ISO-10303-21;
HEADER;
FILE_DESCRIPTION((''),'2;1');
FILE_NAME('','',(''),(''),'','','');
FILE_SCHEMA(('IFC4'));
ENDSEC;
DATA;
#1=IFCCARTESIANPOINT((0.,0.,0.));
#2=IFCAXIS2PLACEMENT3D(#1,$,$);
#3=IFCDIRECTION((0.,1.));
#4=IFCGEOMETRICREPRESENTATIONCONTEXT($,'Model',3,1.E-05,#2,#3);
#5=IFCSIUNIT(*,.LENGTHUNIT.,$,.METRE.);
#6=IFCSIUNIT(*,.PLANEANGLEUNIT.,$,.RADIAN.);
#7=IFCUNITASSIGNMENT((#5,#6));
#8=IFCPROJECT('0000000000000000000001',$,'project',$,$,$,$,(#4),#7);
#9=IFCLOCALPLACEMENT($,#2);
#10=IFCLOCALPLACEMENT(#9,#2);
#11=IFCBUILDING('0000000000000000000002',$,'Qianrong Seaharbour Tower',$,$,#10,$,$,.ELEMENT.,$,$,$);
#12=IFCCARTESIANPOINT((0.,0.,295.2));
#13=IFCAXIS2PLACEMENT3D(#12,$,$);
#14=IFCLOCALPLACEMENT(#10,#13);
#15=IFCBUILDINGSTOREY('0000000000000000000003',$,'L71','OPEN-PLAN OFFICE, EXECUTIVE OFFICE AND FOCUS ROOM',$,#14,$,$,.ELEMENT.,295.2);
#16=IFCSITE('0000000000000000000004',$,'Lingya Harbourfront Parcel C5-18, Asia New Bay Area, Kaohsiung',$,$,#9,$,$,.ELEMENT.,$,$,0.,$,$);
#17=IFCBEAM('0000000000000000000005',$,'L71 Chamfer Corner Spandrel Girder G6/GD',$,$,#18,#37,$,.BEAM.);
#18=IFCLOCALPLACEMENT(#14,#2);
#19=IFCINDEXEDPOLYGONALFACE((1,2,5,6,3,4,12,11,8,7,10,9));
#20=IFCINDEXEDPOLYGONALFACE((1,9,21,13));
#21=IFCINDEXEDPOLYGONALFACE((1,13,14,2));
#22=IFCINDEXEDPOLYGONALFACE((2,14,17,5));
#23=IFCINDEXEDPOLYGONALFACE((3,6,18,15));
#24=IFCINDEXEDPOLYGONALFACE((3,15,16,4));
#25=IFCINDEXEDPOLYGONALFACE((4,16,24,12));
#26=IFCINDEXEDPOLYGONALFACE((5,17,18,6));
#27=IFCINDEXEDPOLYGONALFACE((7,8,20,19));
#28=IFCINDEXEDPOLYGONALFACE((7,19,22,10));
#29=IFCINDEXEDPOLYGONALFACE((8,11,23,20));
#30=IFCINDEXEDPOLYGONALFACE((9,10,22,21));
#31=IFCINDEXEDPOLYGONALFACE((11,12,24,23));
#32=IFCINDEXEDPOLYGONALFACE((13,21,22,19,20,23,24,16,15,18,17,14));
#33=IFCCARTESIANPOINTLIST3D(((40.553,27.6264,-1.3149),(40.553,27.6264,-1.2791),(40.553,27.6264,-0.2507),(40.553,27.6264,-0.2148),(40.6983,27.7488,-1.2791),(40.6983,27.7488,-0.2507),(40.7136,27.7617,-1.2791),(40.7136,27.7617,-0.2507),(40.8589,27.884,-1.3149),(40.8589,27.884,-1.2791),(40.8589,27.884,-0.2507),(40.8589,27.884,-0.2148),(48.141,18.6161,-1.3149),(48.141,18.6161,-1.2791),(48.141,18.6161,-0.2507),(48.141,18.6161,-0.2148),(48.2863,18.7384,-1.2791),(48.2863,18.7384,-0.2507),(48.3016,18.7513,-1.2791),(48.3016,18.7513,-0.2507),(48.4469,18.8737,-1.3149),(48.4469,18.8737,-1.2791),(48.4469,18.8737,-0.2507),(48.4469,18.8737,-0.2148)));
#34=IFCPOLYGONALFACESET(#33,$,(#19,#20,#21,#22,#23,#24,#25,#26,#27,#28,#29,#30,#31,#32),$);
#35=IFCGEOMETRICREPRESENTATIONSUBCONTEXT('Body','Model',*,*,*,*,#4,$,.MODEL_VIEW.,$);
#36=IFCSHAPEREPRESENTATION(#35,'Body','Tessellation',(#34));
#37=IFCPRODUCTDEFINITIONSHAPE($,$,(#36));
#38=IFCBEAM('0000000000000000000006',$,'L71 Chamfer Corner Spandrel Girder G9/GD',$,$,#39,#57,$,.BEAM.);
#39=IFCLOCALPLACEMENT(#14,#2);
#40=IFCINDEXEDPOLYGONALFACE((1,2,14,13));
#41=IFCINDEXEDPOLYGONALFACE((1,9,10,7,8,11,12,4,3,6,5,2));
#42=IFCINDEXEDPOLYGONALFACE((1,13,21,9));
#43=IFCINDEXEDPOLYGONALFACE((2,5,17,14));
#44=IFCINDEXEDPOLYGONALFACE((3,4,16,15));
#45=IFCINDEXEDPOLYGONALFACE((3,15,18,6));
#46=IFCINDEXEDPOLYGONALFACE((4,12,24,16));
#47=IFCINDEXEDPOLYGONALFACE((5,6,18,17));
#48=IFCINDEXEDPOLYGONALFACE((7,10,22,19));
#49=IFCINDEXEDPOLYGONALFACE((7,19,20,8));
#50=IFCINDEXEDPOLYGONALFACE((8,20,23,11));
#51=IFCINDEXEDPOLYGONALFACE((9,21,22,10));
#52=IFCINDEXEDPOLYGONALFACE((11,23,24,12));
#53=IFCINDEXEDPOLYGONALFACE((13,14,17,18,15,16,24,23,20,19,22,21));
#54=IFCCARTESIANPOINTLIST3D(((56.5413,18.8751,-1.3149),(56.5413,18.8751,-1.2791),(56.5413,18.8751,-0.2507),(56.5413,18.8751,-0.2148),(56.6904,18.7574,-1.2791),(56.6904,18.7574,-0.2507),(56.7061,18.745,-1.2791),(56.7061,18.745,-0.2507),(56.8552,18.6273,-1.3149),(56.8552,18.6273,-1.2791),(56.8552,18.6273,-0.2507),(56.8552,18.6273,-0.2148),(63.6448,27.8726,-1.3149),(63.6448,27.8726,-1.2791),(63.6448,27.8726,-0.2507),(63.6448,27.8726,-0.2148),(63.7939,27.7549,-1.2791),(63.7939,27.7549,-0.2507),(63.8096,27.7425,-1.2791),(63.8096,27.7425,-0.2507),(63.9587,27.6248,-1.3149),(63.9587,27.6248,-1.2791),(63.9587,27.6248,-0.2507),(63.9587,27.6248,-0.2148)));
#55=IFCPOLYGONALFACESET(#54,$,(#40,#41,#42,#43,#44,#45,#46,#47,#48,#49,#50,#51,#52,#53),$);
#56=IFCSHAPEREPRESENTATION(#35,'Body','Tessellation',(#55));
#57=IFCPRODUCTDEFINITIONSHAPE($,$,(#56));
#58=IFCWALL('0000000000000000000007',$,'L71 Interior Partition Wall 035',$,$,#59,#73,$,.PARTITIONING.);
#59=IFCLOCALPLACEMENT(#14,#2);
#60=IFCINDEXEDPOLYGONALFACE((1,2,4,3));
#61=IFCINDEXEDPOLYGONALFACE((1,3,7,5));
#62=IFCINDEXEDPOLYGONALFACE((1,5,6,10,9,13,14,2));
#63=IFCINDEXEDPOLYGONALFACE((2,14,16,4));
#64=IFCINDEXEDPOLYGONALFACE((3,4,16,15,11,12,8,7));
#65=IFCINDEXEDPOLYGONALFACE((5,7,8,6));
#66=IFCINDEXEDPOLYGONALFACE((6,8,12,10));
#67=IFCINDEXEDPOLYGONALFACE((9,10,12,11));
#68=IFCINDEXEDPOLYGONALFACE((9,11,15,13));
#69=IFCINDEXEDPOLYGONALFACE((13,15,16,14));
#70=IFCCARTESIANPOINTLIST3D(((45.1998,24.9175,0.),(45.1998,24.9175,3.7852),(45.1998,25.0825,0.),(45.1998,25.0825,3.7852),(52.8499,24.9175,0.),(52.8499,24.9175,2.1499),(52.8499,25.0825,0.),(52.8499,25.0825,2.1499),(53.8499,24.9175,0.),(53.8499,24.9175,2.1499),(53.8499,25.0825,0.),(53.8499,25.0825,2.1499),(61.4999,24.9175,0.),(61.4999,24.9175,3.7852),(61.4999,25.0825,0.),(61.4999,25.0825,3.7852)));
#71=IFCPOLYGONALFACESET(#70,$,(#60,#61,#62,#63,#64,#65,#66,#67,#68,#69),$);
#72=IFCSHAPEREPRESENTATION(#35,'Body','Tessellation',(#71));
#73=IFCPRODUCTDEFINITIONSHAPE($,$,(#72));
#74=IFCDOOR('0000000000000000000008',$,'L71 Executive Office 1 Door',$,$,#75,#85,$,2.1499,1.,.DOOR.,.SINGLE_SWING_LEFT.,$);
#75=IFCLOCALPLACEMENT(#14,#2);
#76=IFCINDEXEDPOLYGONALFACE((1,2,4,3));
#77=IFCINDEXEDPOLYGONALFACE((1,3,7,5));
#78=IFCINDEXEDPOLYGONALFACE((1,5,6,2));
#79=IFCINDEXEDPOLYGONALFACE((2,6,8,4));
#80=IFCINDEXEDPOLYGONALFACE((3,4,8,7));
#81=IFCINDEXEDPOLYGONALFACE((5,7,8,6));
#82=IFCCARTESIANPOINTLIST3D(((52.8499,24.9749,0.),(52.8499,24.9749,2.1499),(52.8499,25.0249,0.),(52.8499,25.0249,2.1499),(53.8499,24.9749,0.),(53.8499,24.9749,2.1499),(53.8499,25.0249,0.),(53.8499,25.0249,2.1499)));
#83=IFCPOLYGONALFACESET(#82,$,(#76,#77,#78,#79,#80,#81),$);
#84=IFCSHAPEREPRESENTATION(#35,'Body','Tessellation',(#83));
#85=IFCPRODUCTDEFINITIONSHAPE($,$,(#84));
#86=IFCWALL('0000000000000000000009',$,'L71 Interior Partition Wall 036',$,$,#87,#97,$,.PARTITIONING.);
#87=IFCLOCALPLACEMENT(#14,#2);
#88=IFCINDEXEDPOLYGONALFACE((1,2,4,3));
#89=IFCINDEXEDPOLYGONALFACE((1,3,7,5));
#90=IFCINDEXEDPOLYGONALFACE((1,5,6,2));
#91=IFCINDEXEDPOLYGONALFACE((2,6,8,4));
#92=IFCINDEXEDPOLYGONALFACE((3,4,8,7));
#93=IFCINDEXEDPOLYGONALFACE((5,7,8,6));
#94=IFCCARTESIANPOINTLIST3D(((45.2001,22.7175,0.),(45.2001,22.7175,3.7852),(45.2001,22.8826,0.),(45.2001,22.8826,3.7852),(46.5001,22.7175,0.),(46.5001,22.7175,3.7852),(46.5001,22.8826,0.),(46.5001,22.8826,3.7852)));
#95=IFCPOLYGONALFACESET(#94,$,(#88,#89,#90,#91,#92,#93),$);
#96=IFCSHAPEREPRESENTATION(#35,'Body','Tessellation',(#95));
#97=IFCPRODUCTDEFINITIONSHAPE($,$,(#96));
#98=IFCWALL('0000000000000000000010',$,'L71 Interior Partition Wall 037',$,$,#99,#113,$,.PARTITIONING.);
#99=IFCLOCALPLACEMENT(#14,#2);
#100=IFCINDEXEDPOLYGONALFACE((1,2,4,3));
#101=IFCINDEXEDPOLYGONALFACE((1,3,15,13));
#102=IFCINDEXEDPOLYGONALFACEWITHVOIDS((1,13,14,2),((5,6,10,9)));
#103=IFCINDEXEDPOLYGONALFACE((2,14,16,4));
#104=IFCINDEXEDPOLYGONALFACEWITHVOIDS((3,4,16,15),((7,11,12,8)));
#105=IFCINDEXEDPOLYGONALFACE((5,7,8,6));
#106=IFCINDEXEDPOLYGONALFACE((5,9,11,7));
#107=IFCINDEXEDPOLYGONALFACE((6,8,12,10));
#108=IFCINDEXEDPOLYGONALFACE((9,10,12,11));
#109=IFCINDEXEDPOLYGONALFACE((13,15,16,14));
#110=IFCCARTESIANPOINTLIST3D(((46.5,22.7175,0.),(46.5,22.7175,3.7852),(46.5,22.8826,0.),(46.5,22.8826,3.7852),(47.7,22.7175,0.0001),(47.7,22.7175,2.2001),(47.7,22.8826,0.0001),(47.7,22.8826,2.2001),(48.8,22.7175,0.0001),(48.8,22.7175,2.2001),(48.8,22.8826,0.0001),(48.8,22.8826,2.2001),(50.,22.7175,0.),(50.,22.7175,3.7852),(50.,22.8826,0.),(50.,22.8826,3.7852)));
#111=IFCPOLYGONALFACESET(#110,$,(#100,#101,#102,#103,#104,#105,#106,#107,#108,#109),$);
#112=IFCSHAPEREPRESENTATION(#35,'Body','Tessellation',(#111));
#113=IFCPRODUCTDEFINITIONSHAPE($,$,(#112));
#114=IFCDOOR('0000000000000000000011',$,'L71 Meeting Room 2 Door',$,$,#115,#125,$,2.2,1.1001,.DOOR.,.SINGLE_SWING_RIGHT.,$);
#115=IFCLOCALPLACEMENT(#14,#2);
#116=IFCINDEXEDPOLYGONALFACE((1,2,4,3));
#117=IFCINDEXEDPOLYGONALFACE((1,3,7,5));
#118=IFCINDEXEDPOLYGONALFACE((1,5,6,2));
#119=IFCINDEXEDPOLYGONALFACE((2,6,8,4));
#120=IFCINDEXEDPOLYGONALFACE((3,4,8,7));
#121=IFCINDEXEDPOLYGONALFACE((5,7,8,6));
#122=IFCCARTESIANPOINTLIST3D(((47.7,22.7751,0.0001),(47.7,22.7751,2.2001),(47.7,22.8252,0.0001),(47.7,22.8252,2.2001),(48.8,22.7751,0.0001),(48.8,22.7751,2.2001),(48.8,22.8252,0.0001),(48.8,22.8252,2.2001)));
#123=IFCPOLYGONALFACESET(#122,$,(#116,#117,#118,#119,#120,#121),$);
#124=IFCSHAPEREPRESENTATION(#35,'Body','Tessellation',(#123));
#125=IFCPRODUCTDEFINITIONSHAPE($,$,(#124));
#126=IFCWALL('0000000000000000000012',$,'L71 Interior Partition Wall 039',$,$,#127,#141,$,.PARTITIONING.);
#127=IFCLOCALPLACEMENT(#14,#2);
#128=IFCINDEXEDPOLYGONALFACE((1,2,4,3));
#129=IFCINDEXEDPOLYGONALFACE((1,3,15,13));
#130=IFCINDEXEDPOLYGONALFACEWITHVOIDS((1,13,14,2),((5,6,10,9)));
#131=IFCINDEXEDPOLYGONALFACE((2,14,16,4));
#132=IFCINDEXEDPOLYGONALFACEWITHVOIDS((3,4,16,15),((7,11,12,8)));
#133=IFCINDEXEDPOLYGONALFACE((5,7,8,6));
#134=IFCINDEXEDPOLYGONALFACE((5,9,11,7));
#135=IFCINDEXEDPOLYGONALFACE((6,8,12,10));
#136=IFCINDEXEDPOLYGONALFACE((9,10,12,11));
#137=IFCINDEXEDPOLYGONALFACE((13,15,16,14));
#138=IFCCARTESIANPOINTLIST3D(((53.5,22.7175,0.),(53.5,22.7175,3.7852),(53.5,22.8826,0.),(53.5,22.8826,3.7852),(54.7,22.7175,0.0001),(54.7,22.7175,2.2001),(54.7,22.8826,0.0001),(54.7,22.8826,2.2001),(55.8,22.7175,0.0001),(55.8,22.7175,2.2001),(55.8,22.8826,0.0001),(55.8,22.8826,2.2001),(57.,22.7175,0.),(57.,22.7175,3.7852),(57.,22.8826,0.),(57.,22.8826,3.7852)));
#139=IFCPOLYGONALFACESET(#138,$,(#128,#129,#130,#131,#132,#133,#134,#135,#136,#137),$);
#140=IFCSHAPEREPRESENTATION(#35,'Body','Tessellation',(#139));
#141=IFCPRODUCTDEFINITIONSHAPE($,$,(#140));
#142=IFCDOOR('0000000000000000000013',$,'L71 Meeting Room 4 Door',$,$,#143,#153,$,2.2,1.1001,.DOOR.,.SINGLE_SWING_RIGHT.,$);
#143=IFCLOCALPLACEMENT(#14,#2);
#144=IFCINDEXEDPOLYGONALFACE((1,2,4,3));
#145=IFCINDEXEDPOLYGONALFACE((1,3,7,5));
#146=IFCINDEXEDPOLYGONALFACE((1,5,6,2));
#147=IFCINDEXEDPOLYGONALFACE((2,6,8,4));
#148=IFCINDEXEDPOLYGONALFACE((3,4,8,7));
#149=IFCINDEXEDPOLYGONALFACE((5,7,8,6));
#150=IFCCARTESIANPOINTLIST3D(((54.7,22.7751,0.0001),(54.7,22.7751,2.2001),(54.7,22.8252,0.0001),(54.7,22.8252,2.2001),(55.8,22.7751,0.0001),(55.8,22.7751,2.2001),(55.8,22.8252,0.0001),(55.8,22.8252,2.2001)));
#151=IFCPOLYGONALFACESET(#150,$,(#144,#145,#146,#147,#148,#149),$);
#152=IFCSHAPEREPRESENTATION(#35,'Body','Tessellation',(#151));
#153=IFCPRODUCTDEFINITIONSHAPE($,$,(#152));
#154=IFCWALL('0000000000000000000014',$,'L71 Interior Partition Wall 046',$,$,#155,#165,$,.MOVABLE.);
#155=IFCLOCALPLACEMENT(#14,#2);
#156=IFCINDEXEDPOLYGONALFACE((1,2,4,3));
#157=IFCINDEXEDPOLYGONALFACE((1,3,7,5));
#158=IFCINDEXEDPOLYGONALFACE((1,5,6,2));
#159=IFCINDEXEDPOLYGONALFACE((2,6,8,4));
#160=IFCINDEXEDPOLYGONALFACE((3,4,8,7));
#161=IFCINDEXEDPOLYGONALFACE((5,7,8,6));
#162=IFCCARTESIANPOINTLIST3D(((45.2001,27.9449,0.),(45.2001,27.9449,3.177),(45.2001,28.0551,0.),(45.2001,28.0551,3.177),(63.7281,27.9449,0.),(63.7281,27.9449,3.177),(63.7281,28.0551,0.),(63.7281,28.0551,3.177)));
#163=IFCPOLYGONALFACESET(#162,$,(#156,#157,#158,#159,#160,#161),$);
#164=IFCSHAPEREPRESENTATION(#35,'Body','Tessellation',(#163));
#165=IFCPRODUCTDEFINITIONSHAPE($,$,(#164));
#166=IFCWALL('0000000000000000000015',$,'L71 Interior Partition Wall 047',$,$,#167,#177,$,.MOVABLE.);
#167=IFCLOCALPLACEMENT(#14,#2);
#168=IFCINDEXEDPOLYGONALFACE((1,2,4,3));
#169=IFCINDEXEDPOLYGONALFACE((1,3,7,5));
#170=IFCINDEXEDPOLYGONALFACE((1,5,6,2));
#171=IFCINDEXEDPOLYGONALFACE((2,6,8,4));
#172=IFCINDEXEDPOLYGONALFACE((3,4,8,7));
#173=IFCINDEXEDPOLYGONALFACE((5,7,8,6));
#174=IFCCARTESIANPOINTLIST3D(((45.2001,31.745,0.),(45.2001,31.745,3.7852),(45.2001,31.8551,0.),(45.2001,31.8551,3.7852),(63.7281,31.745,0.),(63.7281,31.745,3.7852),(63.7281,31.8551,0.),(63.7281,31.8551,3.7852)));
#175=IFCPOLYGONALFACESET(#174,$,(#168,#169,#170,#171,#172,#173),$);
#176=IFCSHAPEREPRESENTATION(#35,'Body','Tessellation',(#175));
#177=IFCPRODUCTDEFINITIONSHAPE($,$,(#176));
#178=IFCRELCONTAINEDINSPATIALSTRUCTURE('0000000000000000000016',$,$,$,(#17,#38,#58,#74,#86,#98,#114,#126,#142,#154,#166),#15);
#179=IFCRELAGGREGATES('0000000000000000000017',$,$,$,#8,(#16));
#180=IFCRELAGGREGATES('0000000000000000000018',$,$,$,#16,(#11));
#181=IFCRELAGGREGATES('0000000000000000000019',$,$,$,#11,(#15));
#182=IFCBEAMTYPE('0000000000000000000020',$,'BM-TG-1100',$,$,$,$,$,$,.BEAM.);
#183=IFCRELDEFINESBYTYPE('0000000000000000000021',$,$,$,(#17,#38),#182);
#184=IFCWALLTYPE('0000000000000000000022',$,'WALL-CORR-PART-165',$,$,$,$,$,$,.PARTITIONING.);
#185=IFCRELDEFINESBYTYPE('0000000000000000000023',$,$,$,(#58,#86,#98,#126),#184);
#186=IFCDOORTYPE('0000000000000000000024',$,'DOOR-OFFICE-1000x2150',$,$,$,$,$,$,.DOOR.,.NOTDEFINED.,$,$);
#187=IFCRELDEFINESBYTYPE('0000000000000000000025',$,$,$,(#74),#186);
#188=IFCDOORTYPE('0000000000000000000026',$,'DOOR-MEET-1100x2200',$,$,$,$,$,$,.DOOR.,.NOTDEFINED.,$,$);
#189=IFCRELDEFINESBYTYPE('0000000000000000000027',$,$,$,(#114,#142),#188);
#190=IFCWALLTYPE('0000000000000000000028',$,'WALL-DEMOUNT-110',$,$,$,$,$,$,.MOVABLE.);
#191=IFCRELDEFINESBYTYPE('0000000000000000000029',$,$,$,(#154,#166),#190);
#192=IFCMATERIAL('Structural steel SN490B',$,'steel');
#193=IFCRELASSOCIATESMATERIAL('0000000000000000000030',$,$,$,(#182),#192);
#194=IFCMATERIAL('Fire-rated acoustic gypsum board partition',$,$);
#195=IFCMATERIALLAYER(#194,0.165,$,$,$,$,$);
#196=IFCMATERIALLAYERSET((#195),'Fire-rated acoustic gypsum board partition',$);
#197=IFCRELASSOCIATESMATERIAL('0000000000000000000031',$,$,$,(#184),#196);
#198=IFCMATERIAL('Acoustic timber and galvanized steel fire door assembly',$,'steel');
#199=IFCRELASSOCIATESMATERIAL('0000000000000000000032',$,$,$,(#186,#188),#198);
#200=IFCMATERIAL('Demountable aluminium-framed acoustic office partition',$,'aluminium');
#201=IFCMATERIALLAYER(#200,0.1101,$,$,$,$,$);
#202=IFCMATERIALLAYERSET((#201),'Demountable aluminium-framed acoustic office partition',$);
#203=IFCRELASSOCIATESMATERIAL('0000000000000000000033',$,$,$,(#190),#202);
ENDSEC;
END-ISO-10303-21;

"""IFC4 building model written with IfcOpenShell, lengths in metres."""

from ifc_helpers import new_model, si_unit, direction, frame, frame_2d, origin, origin_2d, place, context, subcontext, project, spatial, rectangle, i_section, extrude, material, layer, layer_set, material_profile, profile_set, type_object, element, fill, save


model = new_model("IFC4")

# Units and contexts
model_context = context("Model", 3, precision=1e-05, world=origin(), true_north=direction((0.0, 1.0)))
body_context = subcontext(model_context, "Body", "Model", "MODEL_VIEW")
ifc_project = project(units=[si_unit("LENGTHUNIT", "METRE"), si_unit("PLANEANGLEUNIT", "RADIAN")], contexts=[model_context])

# Site, building, storey
site_placement = place(None, origin())
site = spatial("IfcSite", under=ifc_project, at=site_placement, Name="Lingya Harbourfront Parcel C5-18, Asia New Bay Area, Kaohsiung", CompositionType="ELEMENT", RefElevation=0.0)
building_placement = place(site_placement, origin())
building = spatial("IfcBuilding", under=site, at=building_placement, Name="Qianrong Seaharbour Tower", CompositionType="ELEMENT")
storey_placement = place(building_placement, frame((0.0, 0.0, 295.2)))
storey = spatial("IfcBuildingStorey", under=building, at=storey_placement, Name="L71", Description="OPEN-PLAN OFFICE, EXECUTIVE OFFICE AND FOCUS ROOM", CompositionType="ELEMENT", Elevation=295.2)

# Beams
ifc_material_1 = material(Name="Structural steel SN490B", Category="steel")
ifc_material_profile_1 = material_profile(ifc_material_1, i_section(OverallWidth=0.3999, OverallDepth=1.1001, WebThickness=0.02, FlangeThickness=0.0359, at=origin_2d()), Name="BH1100x400x20x36")
ifc_profile_set_1 = profile_set([ifc_material_profile_1], Name="Structural steel SN490B")
beam_type_1 = type_object("IfcBeamType", Name="BM-TG-1100", PredefinedType="BEAM", material=ifc_profile_set_1)
beam_1_placement = place(storey_placement, frame((48.2939, 18.7449, -0.7649), z_axis=(-0.644151, 0.764898, 0.0), x_axis=(-0.764898, -0.644151, 0.0)))
element("IfcBeam", 1, at=beam_1_placement, inside=storey, type_object=beam_type_1, Name="L71 Chamfer Corner Spandrel Girder G6/GD", PredefinedType="BEAM", context=body_context, shape_type="SweptSolid", body=[
    extrude(i_section(OverallWidth=0.3999, OverallDepth=1.1001, WebThickness=0.02, FlangeThickness=0.0359, at=origin_2d()), origin(), (0.0, 0.0, 1.0), 11.7798),
])
beam_2_placement = place(storey_placement, frame((56.6982, 18.7512, -0.7649), z_axis=(0.619654, 0.784875, 0.0), x_axis=(-0.784875, 0.619654, 0.0)))
element("IfcBeam", 2, at=beam_2_placement, inside=storey, type_object=beam_type_1, Name="L71 Chamfer Corner Spandrel Girder G9/GD", PredefinedType="BEAM", context=body_context, shape_type="SweptSolid", body=[
    extrude(i_section(OverallWidth=0.3999, OverallDepth=1.1001, WebThickness=0.02, FlangeThickness=0.0359, at=origin_2d()), origin(), (0.0, 0.0, 1.0), 11.4636),
])

# Wall, opening, door
ifc_material_2 = material(Name="Fire-rated acoustic gypsum board partition")
ifc_layer_1 = layer(ifc_material_2, 0.165)
ifc_layer_set_1 = layer_set([ifc_layer_1], Name="Fire-rated acoustic gypsum board partition")
wall_type_1 = type_object("IfcWallType", Name="WALL-CORR-PART-165", PredefinedType="PARTITIONING", material=ifc_layer_set_1)
wall_1_placement = place(storey_placement, frame((45.2, 25.0, 0.0), z_axis=(0.0, 0.0, 1.0), x_axis=(1.0, 0.0, 0.0)))
wall_1 = element("IfcWall", 3, at=wall_1_placement, inside=storey, type_object=wall_type_1, Name="L71 Interior Partition Wall 035", PredefinedType="PARTITIONING", context=body_context, shape_type="SweptSolid", body=[
    extrude(rectangle(XDim=16.3, YDim=0.165, at=frame_2d((8.1499, 0.0))), origin(), (0.0, 0.0, 1.0), 3.7852),
])
opening_1_placement = place(wall_1_placement, frame((7.6499, 0.0, 0.0)))
opening_1 = element("IfcOpeningElement", 4, at=opening_1_placement, cuts=wall_1, PredefinedType="OPENING", context=body_context, shape_type="SweptSolid", body=[
    extrude(rectangle(XDim=1.0, YDim=2.1499, at=frame_2d((0.5, 1.075))), frame((0.0, 0.0925, 0.0), z_axis=(0.0, -1.0, 0.0), x_axis=(1.0, 0.0, 0.0)), (0.0, 0.0, 1.0), 0.1851),
])
ifc_material_3 = material(Name="Acoustic timber and galvanized steel fire door assembly", Category="steel")
door_type_1 = type_object("IfcDoorType", Name="DOOR-OFFICE-1000x2150", OperationType="NOTDEFINED", PredefinedType="DOOR", material=ifc_material_3)
door_1_placement = place(opening_1_placement, origin())
door_1 = element("IfcDoor", 5, at=door_1_placement, inside=storey, type_object=door_type_1, Name="L71 Executive Office 1 Door", OperationType="SINGLE_SWING_LEFT", OverallHeight=2.1499, OverallWidth=1.0, PredefinedType="DOOR", context=body_context, shape_type="SweptSolid", body=[
    extrude(rectangle(XDim=1.0, YDim=2.1499, at=frame_2d((0.5, 1.075))), frame((0.0, 0.0249, 0.0), z_axis=(0.0, -1.0, 0.0), x_axis=(1.0, 0.0, 0.0)), (0.0, 0.0, 1.0), 0.05),
])
fill(opening_1, door_1)

# Wall
wall_2_placement = place(storey_placement, frame((46.5, 22.8, 0.0), z_axis=(0.0, 0.0, 1.0), x_axis=(-1.0, 0.0, 0.0)))
element("IfcWall", 6, at=wall_2_placement, inside=storey, type_object=wall_type_1, Name="L71 Interior Partition Wall 036", PredefinedType="PARTITIONING", context=body_context, shape_type="SweptSolid", body=[
    extrude(rectangle(XDim=1.3, YDim=0.165, at=frame_2d((0.6499, 0.0))), origin(), (0.0, 0.0, 1.0), 3.7852),
])

# Walls, openings, doors
wall_3_placement = place(storey_placement, frame((50.0, 22.8, 0.0), z_axis=(0.0, 0.0, 1.0), x_axis=(-1.0, 0.0, 0.0)))
wall_3 = element("IfcWall", 7, at=wall_3_placement, inside=storey, type_object=wall_type_1, Name="L71 Interior Partition Wall 037", PredefinedType="PARTITIONING", context=body_context, shape_type="SweptSolid", body=[
    extrude(rectangle(XDim=3.5, YDim=0.165, at=frame_2d((1.75, 0.0))), origin(), (0.0, 0.0, 1.0), 3.7852),
])
opening_2_placement = place(wall_3_placement, frame((1.2, 0.0, 0.0)))
opening_2 = element("IfcOpeningElement", 8, at=opening_2_placement, cuts=wall_3, PredefinedType="OPENING", context=body_context, shape_type="SweptSolid", body=[
    extrude(rectangle(XDim=1.1001, YDim=2.2, at=frame_2d((0.55, 1.1001))), frame((0.0, 0.0925, 0.0), z_axis=(0.0, -1.0, 0.0), x_axis=(1.0, 0.0, 0.0)), (0.0, 0.0, 1.0), 0.1851),
])
door_type_2 = type_object("IfcDoorType", Name="DOOR-MEET-1100x2200", OperationType="NOTDEFINED", PredefinedType="DOOR", material=ifc_material_3)
door_2_placement = place(opening_2_placement, origin())
door_2 = element("IfcDoor", 9, at=door_2_placement, inside=storey, type_object=door_type_2, Name="L71 Meeting Room 2 Door", OperationType="SINGLE_SWING_RIGHT", OverallHeight=2.2, OverallWidth=1.1001, PredefinedType="DOOR", context=body_context, shape_type="SweptSolid", body=[
    extrude(rectangle(XDim=1.1001, YDim=2.2, at=frame_2d((0.55, 1.1001))), frame((0.0, 0.0249, 0.0), z_axis=(0.0, -1.0, 0.0), x_axis=(1.0, 0.0, 0.0)), (0.0, 0.0, 1.0), 0.05),
])
fill(opening_2, door_2)
wall_4_placement = place(storey_placement, frame((57.0, 22.8, 0.0), z_axis=(0.0, 0.0, 1.0), x_axis=(-1.0, 0.0, 0.0)))
wall_4 = element("IfcWall", 10, at=wall_4_placement, inside=storey, type_object=wall_type_1, Name="L71 Interior Partition Wall 039", PredefinedType="PARTITIONING", context=body_context, shape_type="SweptSolid", body=[
    extrude(rectangle(XDim=3.5, YDim=0.165, at=frame_2d((1.75, 0.0))), origin(), (0.0, 0.0, 1.0), 3.7852),
])
opening_3_placement = place(wall_4_placement, frame((1.2, 0.0, 0.0)))
opening_3 = element("IfcOpeningElement", 11, at=opening_3_placement, cuts=wall_4, PredefinedType="OPENING", context=body_context, shape_type="SweptSolid", body=[
    extrude(rectangle(XDim=1.1001, YDim=2.2, at=frame_2d((0.55, 1.1001))), frame((0.0, 0.0925, 0.0), z_axis=(0.0, -1.0, 0.0), x_axis=(1.0, 0.0, 0.0)), (0.0, 0.0, 1.0), 0.1851),
])
door_3_placement = place(opening_3_placement, origin())
door_3 = element("IfcDoor", 12, at=door_3_placement, inside=storey, type_object=door_type_2, Name="L71 Meeting Room 4 Door", OperationType="SINGLE_SWING_RIGHT", OverallHeight=2.2, OverallWidth=1.1001, PredefinedType="DOOR", context=body_context, shape_type="SweptSolid", body=[
    extrude(rectangle(XDim=1.1001, YDim=2.2, at=frame_2d((0.55, 1.1001))), frame((0.0, 0.0249, 0.0), z_axis=(0.0, -1.0, 0.0), x_axis=(1.0, 0.0, 0.0)), (0.0, 0.0, 1.0), 0.05),
])
fill(opening_3, door_3)

# Walls
ifc_material_4 = material(Name="Demountable aluminium-framed acoustic office partition", Category="aluminium")
ifc_layer_2 = layer(ifc_material_4, 0.1101)
ifc_layer_set_2 = layer_set([ifc_layer_2], Name="Demountable aluminium-framed acoustic office partition")
wall_type_2 = type_object("IfcWallType", Name="WALL-DEMOUNT-110", PredefinedType="MOVABLE", material=ifc_layer_set_2)
wall_5_placement = place(storey_placement, frame((45.2, 28.0, 0.0), z_axis=(0.0, 0.0, 1.0), x_axis=(1.0, 0.0, 0.0)))
element("IfcWall", 13, at=wall_5_placement, inside=storey, type_object=wall_type_2, Name="L71 Interior Partition Wall 046", PredefinedType="MOVABLE", context=body_context, shape_type="SweptSolid", body=[
    extrude(rectangle(XDim=18.5281, YDim=0.1101, at=frame_2d((9.2642, 0.0))), origin(), (0.0, 0.0, 1.0), 3.177),
])
wall_6_placement = place(storey_placement, frame((45.2, 31.8, 0.0), z_axis=(0.0, 0.0, 1.0), x_axis=(1.0, 0.0, 0.0)))
element("IfcWall", 14, at=wall_6_placement, inside=storey, type_object=wall_type_2, Name="L71 Interior Partition Wall 047", PredefinedType="MOVABLE", context=body_context, shape_type="SweptSolid", body=[
    extrude(rectangle(XDim=18.5281, YDim=0.1101, at=frame_2d((9.2642, 0.0))), origin(), (0.0, 0.0, 1.0), 3.7852),
])

save(model, "model.ifc")
